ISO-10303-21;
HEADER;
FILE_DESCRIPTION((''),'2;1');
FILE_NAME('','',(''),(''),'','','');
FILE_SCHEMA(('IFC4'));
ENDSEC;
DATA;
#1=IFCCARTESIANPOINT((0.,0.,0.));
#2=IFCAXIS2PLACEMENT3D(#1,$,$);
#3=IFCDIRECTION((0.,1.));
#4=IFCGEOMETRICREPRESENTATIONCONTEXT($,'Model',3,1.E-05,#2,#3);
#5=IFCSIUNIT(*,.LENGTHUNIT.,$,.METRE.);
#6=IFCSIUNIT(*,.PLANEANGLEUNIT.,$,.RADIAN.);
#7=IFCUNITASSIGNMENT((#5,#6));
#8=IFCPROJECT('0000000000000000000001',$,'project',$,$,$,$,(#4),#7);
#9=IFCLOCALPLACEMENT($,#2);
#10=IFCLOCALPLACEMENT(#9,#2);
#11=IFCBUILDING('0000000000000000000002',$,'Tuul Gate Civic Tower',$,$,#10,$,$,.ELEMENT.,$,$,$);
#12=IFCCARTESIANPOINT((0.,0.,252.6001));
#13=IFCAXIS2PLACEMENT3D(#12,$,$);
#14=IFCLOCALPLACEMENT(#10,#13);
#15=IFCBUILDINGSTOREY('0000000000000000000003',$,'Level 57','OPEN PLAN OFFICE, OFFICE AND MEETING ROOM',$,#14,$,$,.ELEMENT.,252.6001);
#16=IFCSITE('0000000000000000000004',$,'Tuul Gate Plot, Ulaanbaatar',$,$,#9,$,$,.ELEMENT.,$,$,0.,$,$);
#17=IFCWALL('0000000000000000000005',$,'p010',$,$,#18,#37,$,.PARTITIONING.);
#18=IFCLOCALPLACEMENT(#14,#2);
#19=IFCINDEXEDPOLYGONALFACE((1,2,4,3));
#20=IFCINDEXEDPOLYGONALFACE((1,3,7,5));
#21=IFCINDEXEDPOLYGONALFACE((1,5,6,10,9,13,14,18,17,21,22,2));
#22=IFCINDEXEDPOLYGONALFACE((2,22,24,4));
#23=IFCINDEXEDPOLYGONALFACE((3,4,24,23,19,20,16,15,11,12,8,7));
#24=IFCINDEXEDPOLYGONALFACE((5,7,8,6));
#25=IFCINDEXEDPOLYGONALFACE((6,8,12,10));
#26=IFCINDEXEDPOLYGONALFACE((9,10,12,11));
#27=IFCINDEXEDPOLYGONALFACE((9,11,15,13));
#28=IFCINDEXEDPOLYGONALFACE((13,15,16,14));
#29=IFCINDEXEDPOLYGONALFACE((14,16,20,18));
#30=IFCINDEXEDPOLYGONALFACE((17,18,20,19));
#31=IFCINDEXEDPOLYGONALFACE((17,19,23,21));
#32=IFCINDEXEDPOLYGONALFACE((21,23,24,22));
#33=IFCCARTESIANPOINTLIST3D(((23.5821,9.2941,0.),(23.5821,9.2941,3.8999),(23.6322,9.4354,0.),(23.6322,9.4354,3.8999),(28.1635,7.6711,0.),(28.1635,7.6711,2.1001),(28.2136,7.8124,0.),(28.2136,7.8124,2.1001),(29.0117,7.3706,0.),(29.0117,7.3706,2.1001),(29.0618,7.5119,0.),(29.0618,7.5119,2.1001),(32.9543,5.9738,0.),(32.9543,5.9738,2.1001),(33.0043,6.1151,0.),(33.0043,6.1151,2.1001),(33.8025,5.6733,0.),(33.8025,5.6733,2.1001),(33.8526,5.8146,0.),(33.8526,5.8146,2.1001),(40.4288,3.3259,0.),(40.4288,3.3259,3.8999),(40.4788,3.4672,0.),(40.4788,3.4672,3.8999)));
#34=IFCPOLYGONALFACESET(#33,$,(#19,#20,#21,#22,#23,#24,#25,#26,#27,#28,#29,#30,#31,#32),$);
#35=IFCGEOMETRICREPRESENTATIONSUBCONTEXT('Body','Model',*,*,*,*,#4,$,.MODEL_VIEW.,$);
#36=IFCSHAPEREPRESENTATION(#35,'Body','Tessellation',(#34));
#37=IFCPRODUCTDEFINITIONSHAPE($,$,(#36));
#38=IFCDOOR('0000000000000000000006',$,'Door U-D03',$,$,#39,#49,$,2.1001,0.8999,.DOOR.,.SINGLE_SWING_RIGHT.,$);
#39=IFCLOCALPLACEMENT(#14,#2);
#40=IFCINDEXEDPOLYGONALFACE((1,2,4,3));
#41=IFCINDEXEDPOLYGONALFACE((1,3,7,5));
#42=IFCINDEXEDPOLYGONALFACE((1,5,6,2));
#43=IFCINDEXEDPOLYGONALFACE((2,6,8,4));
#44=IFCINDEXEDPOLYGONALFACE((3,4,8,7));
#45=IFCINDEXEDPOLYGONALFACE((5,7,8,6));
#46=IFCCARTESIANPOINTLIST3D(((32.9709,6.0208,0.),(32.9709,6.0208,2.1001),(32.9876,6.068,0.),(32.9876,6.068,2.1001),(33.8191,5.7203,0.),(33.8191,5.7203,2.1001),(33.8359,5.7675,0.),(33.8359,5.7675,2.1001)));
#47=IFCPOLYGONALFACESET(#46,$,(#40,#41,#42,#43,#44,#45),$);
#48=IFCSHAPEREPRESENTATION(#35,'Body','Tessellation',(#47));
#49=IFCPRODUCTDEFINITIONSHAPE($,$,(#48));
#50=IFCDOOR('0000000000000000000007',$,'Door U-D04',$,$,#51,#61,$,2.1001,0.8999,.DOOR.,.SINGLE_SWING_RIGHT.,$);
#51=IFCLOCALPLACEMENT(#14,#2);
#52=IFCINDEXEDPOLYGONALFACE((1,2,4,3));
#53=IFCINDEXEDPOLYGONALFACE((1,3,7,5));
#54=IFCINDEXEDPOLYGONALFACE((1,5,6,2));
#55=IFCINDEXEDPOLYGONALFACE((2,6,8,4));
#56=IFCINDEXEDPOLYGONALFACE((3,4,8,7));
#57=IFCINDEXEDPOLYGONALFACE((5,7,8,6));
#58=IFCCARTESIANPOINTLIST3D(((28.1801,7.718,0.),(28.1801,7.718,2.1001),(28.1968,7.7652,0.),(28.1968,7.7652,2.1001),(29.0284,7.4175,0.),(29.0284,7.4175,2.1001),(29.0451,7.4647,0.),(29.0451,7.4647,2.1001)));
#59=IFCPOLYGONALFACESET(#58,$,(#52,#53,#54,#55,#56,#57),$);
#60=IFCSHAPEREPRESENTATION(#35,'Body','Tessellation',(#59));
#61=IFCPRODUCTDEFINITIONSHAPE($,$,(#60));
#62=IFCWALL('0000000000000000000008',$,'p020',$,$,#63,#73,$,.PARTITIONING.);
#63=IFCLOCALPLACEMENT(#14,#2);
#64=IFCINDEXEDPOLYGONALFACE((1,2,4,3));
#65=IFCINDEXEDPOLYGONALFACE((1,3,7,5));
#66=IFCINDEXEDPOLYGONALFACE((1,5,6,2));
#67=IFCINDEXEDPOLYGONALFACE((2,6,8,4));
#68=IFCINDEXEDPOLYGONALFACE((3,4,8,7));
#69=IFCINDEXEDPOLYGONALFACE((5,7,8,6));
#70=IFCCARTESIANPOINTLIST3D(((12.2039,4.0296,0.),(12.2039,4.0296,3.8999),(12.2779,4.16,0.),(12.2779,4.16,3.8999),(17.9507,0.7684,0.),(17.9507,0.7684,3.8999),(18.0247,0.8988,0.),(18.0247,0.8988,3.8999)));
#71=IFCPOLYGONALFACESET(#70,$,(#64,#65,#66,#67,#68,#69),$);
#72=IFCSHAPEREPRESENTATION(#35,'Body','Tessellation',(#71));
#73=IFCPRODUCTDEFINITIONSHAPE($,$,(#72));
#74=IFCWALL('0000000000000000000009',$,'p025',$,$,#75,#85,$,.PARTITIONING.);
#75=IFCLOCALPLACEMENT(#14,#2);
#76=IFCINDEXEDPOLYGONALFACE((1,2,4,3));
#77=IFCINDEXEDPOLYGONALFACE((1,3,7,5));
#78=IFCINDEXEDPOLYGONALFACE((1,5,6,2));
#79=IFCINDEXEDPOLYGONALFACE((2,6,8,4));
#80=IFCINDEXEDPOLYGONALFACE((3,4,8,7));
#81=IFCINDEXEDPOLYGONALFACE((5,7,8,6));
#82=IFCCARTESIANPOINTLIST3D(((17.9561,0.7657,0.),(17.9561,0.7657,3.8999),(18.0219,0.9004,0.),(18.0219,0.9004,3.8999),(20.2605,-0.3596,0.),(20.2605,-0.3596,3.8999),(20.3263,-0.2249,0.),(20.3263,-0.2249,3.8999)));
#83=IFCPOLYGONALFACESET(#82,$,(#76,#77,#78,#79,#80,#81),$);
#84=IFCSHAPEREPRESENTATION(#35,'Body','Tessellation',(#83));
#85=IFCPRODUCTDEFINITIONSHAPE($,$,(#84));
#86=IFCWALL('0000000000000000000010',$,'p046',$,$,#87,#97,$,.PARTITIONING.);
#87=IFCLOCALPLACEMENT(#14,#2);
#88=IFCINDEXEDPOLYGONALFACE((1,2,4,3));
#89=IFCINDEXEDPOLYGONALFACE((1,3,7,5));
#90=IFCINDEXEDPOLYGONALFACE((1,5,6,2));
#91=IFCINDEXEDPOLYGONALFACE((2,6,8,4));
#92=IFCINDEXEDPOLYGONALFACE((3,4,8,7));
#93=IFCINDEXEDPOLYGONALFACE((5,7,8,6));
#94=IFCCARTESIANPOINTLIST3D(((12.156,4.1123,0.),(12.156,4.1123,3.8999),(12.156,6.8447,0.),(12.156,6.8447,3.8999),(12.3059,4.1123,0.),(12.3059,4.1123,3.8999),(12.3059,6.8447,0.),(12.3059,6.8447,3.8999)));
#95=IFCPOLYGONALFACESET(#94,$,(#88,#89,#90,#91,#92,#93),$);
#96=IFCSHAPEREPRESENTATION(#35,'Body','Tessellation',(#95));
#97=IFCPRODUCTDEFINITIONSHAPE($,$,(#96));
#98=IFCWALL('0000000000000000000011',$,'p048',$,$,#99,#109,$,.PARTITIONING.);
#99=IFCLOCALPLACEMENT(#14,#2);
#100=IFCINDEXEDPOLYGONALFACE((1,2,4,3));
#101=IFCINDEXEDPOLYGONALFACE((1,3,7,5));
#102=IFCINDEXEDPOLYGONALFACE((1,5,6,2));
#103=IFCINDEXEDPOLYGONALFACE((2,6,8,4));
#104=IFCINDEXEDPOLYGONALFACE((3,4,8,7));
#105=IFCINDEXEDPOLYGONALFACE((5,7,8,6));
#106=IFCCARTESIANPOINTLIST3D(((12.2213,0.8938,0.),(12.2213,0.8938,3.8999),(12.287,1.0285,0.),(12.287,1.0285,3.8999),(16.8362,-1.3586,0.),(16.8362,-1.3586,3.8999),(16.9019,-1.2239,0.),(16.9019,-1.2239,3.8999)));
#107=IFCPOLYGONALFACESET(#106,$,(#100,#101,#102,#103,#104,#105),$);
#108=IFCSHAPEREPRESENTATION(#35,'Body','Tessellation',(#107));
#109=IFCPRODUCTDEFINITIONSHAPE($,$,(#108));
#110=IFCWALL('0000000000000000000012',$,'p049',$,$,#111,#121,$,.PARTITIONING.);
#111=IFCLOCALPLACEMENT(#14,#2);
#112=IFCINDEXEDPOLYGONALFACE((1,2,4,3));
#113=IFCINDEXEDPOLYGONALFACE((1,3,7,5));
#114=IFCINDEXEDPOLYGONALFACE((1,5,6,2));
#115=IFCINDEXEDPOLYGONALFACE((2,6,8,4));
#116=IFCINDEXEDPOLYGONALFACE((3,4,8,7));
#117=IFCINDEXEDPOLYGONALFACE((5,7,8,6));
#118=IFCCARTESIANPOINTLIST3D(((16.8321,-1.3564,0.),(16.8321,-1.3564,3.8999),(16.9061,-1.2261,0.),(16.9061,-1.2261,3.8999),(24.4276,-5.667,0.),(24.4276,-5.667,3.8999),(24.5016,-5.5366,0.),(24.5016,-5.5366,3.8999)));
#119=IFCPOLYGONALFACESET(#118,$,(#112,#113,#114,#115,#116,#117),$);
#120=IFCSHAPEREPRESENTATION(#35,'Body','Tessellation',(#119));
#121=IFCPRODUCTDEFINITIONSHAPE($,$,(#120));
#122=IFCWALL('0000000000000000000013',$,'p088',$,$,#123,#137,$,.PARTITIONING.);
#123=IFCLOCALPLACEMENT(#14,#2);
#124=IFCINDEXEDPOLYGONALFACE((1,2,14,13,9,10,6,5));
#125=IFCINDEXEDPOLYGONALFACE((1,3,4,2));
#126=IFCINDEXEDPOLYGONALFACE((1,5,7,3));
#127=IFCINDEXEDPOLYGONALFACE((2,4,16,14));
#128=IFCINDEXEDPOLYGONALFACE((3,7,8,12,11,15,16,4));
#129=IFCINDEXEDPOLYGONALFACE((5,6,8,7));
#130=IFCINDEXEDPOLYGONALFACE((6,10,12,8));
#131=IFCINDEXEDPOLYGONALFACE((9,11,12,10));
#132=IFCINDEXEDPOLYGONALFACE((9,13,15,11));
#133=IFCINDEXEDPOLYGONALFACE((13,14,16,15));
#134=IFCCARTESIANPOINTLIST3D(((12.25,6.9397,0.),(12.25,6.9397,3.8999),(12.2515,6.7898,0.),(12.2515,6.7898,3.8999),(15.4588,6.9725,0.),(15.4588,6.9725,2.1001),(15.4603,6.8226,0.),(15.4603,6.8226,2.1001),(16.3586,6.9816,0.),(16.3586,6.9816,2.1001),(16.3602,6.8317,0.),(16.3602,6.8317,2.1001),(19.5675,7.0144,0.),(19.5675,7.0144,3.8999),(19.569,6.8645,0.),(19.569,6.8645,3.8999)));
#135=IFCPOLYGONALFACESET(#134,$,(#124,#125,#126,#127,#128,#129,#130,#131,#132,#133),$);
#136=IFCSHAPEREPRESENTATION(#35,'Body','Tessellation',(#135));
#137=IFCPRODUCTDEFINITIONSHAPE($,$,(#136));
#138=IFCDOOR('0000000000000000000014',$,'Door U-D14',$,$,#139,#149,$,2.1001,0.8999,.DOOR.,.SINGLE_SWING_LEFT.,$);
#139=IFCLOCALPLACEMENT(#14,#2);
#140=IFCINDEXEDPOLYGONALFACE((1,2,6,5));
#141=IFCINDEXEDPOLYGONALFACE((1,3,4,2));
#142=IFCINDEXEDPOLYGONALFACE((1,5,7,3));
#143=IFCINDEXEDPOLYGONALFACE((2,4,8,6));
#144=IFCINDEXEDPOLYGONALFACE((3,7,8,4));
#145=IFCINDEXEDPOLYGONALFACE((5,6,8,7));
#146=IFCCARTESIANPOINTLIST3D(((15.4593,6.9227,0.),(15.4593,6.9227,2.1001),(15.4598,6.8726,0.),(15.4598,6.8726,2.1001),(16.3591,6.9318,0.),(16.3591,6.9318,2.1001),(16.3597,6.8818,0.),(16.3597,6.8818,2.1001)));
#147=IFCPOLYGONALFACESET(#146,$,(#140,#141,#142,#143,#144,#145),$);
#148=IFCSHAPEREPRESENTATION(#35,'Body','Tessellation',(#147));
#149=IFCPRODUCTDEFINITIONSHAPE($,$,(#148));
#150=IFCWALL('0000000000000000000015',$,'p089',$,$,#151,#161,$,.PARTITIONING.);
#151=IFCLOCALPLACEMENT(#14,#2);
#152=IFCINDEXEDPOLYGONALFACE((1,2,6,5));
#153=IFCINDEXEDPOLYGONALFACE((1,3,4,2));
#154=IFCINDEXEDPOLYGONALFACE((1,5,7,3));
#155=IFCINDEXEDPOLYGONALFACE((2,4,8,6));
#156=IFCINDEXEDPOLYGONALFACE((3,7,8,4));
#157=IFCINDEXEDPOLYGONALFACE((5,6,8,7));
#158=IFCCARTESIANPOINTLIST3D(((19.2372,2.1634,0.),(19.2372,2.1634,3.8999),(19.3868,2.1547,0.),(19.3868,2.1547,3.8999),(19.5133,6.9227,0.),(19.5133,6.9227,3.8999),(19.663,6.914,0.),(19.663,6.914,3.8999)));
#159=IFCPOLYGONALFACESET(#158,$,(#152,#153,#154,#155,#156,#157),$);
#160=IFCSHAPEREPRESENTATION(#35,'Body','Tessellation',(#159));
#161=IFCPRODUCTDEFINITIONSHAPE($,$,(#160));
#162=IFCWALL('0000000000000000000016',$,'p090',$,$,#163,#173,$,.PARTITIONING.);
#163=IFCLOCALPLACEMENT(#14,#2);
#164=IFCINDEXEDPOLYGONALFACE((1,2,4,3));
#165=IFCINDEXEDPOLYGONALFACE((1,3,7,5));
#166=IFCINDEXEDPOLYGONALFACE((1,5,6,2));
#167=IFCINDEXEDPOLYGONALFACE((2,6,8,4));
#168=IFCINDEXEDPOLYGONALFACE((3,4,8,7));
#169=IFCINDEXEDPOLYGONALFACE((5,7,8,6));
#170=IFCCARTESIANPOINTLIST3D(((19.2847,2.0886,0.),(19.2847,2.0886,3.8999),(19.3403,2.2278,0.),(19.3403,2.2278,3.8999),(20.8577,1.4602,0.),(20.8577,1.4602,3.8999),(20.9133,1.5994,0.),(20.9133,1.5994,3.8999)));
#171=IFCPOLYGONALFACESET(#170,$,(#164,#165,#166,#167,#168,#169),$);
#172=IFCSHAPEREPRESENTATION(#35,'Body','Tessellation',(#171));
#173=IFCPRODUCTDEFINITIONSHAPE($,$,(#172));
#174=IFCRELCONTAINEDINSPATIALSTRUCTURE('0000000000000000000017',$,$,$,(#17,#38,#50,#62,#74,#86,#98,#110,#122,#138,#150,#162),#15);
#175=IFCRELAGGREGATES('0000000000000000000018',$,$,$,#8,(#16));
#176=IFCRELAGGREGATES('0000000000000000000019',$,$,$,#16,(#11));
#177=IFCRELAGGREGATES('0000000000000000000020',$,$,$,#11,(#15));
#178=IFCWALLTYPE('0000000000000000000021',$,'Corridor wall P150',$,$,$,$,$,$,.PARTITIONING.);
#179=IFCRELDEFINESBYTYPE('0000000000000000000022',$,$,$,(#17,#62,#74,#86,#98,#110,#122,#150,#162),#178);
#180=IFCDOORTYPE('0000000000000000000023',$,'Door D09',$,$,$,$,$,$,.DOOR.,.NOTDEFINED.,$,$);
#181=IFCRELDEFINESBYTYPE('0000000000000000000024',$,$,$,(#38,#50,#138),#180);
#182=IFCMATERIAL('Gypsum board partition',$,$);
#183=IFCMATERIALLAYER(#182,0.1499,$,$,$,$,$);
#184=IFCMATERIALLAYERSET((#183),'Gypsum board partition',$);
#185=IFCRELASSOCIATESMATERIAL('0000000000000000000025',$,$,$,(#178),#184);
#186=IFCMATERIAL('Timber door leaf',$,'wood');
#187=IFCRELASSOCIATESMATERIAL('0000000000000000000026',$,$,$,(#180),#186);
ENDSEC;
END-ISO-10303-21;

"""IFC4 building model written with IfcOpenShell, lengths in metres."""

from ifc_helpers import new_model, si_unit, direction, frame, frame_2d, origin, place, context, subcontext, project, spatial, rectangle, extrude, material, layer, layer_set, type_object, element, fill, save


model = new_model("IFC4")

# Units and contexts
model_context = context("Model", 3, precision=1e-05, world=origin(), true_north=direction((0.0, 1.0)))
body_context = subcontext(model_context, "Body", "Model", "MODEL_VIEW")
ifc_project = project(units=[si_unit("LENGTHUNIT", "METRE"), si_unit("PLANEANGLEUNIT", "RADIAN")], contexts=[model_context])

# Site, building, storey
site_placement = place(None, origin())
site = spatial("IfcSite", under=ifc_project, at=site_placement, Name="Tuul Gate Plot, Ulaanbaatar", CompositionType="ELEMENT", RefElevation=0.0)
building_placement = place(site_placement, origin())
building = spatial("IfcBuilding", under=site, at=building_placement, Name="Tuul Gate Civic Tower", CompositionType="ELEMENT")
storey_placement = place(building_placement, frame((0.0, 0.0, 252.6001)))
storey = spatial("IfcBuildingStorey", under=building, at=storey_placement, Name="Level 57", Description="OPEN PLAN OFFICE, OFFICE AND MEETING ROOM", CompositionType="ELEMENT", Elevation=252.6001)

# Wall, openings, doors
ifc_material_1 = material(Name="Gypsum board partition")
ifc_layer_1 = layer(ifc_material_1, 0.1499)
ifc_layer_set_1 = layer_set([ifc_layer_1], Name="Gypsum board partition")
wall_type_1 = type_object("IfcWallType", Name="Corridor wall P150", PredefinedType="PARTITIONING", material=ifc_layer_set_1)
wall_1_placement = place(storey_placement, frame((23.6072, 9.3647, 0.0), z_axis=(0.0, 0.0, 1.0), x_axis=(0.942597, -0.333933, 0.0)))
wall_1 = element("IfcWall", 1, at=wall_1_placement, inside=storey, type_object=wall_type_1, Name="p010", PredefinedType="PARTITIONING", context=body_context, shape_type="SweptSolid", body=[
    extrude(rectangle(XDim=17.8726, YDim=0.1499, at=frame_2d((8.9363, 0.0))), origin(), (0.0, 0.0, 1.0), 3.8999),
])
opening_1_placement = place(wall_1_placement, frame((9.9429, 0.0, 0.0)))
opening_1 = element("IfcOpeningElement", 2, at=opening_1_placement, cuts=wall_1, PredefinedType="OPENING", context=body_context, shape_type="SweptSolid", body=[
    extrude(rectangle(XDim=0.8999, YDim=2.1001, at=frame_2d((0.45, 1.05))), frame((0.0, 0.085, 0.0), z_axis=(0.0, -1.0, 0.0), x_axis=(1.0, 0.0, 0.0)), (0.0, 0.0, 1.0), 0.1699),
])
opening_2_placement = place(wall_1_placement, frame((4.8604, 0.0, 0.0)))
opening_2 = element("IfcOpeningElement", 3, at=opening_2_placement, cuts=wall_1, PredefinedType="OPENING", context=body_context, shape_type="SweptSolid", body=[
    extrude(rectangle(XDim=0.8999, YDim=2.1001, at=frame_2d((0.45, 1.05))), frame((0.0, 0.085, 0.0), z_axis=(0.0, -1.0, 0.0), x_axis=(1.0, 0.0, 0.0)), (0.0, 0.0, 1.0), 0.1699),
])
ifc_material_2 = material(Name="Timber door leaf", Category="wood")
door_type_1 = type_object("IfcDoorType", Name="Door D09", OperationType="NOTDEFINED", PredefinedType="DOOR", material=ifc_material_2)
door_1_placement = place(opening_1_placement, origin())
door_1 = element("IfcDoor", 4, at=door_1_placement, inside=storey, type_object=door_type_1, Name="Door U-D03", OperationType="SINGLE_SWING_RIGHT", OverallHeight=2.1001, OverallWidth=0.8999, PredefinedType="DOOR", context=body_context, shape_type="SweptSolid", body=[
    extrude(rectangle(XDim=0.8999, YDim=2.1001, at=frame_2d((0.45, 1.05))), frame((0.0, 0.0249, 0.0), z_axis=(0.0, -1.0, 0.0), x_axis=(1.0, 0.0, 0.0)), (0.0, 0.0, 1.0), 0.05),
])
fill(opening_1, door_1)
door_2_placement = place(opening_2_placement, origin())
door_2 = element("IfcDoor", 5, at=door_2_placement, inside=storey, type_object=door_type_1, Name="Door U-D04", OperationType="SINGLE_SWING_RIGHT", OverallHeight=2.1001, OverallWidth=0.8999, PredefinedType="DOOR", context=body_context, shape_type="SweptSolid", body=[
    extrude(rectangle(XDim=0.8999, YDim=2.1001, at=frame_2d((0.45, 1.05))), frame((0.0, 0.0249, 0.0), z_axis=(0.0, -1.0, 0.0), x_axis=(1.0, 0.0, 0.0)), (0.0, 0.0, 1.0), 0.05),
])
fill(opening_2, door_2)

# Walls
wall_2_placement = place(storey_placement, frame((12.241, 4.0947, 0.0), z_axis=(0.0, 0.0, 1.0), x_axis=(0.869717, -0.49355, 0.0)))
element("IfcWall", 6, at=wall_2_placement, inside=storey, type_object=wall_type_1, Name="p020", PredefinedType="PARTITIONING", context=body_context, shape_type="SweptSolid", body=[
    extrude(rectangle(XDim=6.6077, YDim=0.1499, at=frame_2d((3.3037, 0.0))), origin(), (0.0, 0.0, 1.0), 3.8999),
])
wall_3_placement = place(storey_placement, frame((17.989, 0.833, 0.0), z_axis=(0.0, 0.0, 1.0), x_axis=(0.898595, -0.438778, 0.0)))
element("IfcWall", 7, at=wall_3_placement, inside=storey, type_object=wall_type_1, Name="p025", PredefinedType="PARTITIONING", context=body_context, shape_type="SweptSolid", body=[
    extrude(rectangle(XDim=2.5645, YDim=0.1499, at=frame_2d((1.2822, 0.0))), origin(), (0.0, 0.0, 1.0), 3.8999),
])
wall_4_placement = place(storey_placement, frame((12.231, 4.1123, 0.0), z_axis=(0.0, 0.0, 1.0), x_axis=(0.0, 1.0, 0.0)))
element("IfcWall", 8, at=wall_4_placement, inside=storey, type_object=wall_type_1, Name="p046", PredefinedType="PARTITIONING", context=body_context, shape_type="SweptSolid", body=[
    extrude(rectangle(XDim=2.7324, YDim=0.1499, at=frame_2d((1.3662, 0.0))), origin(), (0.0, 0.0, 1.0), 3.8999),
])
wall_5_placement = place(storey_placement, frame((12.2542, 0.9612, 0.0), z_axis=(0.0, 0.0, 1.0), x_axis=(0.898674, -0.438617, 0.0)))
element("IfcWall", 9, at=wall_5_placement, inside=storey, type_object=wall_type_1, Name="p048", PredefinedType="PARTITIONING", context=body_context, shape_type="SweptSolid", body=[
    extrude(rectangle(XDim=5.1353, YDim=0.1499, at=frame_2d((2.5676, 0.0))), origin(), (0.0, 0.0, 1.0), 3.8999),
])
wall_6_placement = place(storey_placement, frame((16.8691, -1.2913, 0.0), z_axis=(0.0, 0.0, 1.0), x_axis=(0.869705, -0.493572, 0.0)))
element("IfcWall", 10, at=wall_6_placement, inside=storey, type_object=wall_type_1, Name="p049", PredefinedType="PARTITIONING", context=body_context, shape_type="SweptSolid", body=[
    extrude(rectangle(XDim=8.7334, YDim=0.1499, at=frame_2d((4.3667, 0.0))), origin(), (0.0, 0.0, 1.0), 3.8999),
])

# Wall, opening, door
wall_7_placement = place(storey_placement, frame((12.2507, 6.8647, 0.0), z_axis=(0.0, 0.0, 1.0), x_axis=(0.999948, 0.010209, 0.0)))
wall_7 = element("IfcWall", 11, at=wall_7_placement, inside=storey, type_object=wall_type_1, Name="p088", PredefinedType="PARTITIONING", context=body_context, shape_type="SweptSolid", body=[
    extrude(rectangle(XDim=7.3179, YDim=0.1499, at=frame_2d((3.6589, 0.0))), origin(), (0.0, 0.0, 1.0), 3.8999),
])
opening_3_placement = place(wall_7_placement, frame((3.209, 0.0, 0.0)))
opening_3 = element("IfcOpeningElement", 12, at=opening_3_placement, cuts=wall_7, PredefinedType="OPENING", context=body_context, shape_type="SweptSolid", body=[
    extrude(rectangle(XDim=0.8999, YDim=2.1001, at=frame_2d((0.45, 1.05))), frame((0.0, 0.085, 0.0), z_axis=(0.0, -1.0, 0.0), x_axis=(1.0, 0.0, 0.0)), (0.0, 0.0, 1.0), 0.1699),
])
door_3_placement = place(opening_3_placement, frame((0.8999, 0.0, 0.0), z_axis=(0.0, 0.0, 1.0), x_axis=(-1.0, 0.0, 0.0)))
door_3 = element("IfcDoor", 13, at=door_3_placement, inside=storey, type_object=door_type_1, Name="Door U-D14", OperationType="SINGLE_SWING_LEFT", OverallHeight=2.1001, OverallWidth=0.8999, PredefinedType="DOOR", context=body_context, shape_type="SweptSolid", body=[
    extrude(rectangle(XDim=0.8999, YDim=2.1001, at=frame_2d((0.45, 1.05))), frame((0.0, 0.0249, 0.0), z_axis=(0.0, -1.0, 0.0), x_axis=(1.0, 0.0, 0.0)), (0.0, 0.0, 1.0), 0.05),
])
fill(opening_3, door_3)

# Walls
wall_8_placement = place(storey_placement, frame((19.312, 2.1589, 0.0), z_axis=(0.0, 0.0, 1.0), x_axis=(0.05792, 0.998321, 0.0)))
element("IfcWall", 14, at=wall_8_placement, inside=storey, type_object=wall_type_1, Name="p089", PredefinedType="PARTITIONING", context=body_context, shape_type="SweptSolid", body=[
    extrude(rectangle(XDim=4.7673, YDim=0.1499, at=frame_2d((2.3838, 0.0))), origin(), (0.0, 0.0, 1.0), 3.8999),
])
wall_9_placement = place(storey_placement, frame((19.3125, 2.1582, 0.0), z_axis=(0.0, 0.0, 1.0), x_axis=(0.928636, -0.370993, 0.0)))
element("IfcWall", 15, at=wall_9_placement, inside=storey, type_object=wall_type_1, Name="p090", PredefinedType="PARTITIONING", context=body_context, shape_type="SweptSolid", body=[
    extrude(rectangle(XDim=1.6938, YDim=0.1499, at=frame_2d((0.8469, 0.0))), origin(), (0.0, 0.0, 1.0), 3.8999),
])

save(model, "model.ifc")
